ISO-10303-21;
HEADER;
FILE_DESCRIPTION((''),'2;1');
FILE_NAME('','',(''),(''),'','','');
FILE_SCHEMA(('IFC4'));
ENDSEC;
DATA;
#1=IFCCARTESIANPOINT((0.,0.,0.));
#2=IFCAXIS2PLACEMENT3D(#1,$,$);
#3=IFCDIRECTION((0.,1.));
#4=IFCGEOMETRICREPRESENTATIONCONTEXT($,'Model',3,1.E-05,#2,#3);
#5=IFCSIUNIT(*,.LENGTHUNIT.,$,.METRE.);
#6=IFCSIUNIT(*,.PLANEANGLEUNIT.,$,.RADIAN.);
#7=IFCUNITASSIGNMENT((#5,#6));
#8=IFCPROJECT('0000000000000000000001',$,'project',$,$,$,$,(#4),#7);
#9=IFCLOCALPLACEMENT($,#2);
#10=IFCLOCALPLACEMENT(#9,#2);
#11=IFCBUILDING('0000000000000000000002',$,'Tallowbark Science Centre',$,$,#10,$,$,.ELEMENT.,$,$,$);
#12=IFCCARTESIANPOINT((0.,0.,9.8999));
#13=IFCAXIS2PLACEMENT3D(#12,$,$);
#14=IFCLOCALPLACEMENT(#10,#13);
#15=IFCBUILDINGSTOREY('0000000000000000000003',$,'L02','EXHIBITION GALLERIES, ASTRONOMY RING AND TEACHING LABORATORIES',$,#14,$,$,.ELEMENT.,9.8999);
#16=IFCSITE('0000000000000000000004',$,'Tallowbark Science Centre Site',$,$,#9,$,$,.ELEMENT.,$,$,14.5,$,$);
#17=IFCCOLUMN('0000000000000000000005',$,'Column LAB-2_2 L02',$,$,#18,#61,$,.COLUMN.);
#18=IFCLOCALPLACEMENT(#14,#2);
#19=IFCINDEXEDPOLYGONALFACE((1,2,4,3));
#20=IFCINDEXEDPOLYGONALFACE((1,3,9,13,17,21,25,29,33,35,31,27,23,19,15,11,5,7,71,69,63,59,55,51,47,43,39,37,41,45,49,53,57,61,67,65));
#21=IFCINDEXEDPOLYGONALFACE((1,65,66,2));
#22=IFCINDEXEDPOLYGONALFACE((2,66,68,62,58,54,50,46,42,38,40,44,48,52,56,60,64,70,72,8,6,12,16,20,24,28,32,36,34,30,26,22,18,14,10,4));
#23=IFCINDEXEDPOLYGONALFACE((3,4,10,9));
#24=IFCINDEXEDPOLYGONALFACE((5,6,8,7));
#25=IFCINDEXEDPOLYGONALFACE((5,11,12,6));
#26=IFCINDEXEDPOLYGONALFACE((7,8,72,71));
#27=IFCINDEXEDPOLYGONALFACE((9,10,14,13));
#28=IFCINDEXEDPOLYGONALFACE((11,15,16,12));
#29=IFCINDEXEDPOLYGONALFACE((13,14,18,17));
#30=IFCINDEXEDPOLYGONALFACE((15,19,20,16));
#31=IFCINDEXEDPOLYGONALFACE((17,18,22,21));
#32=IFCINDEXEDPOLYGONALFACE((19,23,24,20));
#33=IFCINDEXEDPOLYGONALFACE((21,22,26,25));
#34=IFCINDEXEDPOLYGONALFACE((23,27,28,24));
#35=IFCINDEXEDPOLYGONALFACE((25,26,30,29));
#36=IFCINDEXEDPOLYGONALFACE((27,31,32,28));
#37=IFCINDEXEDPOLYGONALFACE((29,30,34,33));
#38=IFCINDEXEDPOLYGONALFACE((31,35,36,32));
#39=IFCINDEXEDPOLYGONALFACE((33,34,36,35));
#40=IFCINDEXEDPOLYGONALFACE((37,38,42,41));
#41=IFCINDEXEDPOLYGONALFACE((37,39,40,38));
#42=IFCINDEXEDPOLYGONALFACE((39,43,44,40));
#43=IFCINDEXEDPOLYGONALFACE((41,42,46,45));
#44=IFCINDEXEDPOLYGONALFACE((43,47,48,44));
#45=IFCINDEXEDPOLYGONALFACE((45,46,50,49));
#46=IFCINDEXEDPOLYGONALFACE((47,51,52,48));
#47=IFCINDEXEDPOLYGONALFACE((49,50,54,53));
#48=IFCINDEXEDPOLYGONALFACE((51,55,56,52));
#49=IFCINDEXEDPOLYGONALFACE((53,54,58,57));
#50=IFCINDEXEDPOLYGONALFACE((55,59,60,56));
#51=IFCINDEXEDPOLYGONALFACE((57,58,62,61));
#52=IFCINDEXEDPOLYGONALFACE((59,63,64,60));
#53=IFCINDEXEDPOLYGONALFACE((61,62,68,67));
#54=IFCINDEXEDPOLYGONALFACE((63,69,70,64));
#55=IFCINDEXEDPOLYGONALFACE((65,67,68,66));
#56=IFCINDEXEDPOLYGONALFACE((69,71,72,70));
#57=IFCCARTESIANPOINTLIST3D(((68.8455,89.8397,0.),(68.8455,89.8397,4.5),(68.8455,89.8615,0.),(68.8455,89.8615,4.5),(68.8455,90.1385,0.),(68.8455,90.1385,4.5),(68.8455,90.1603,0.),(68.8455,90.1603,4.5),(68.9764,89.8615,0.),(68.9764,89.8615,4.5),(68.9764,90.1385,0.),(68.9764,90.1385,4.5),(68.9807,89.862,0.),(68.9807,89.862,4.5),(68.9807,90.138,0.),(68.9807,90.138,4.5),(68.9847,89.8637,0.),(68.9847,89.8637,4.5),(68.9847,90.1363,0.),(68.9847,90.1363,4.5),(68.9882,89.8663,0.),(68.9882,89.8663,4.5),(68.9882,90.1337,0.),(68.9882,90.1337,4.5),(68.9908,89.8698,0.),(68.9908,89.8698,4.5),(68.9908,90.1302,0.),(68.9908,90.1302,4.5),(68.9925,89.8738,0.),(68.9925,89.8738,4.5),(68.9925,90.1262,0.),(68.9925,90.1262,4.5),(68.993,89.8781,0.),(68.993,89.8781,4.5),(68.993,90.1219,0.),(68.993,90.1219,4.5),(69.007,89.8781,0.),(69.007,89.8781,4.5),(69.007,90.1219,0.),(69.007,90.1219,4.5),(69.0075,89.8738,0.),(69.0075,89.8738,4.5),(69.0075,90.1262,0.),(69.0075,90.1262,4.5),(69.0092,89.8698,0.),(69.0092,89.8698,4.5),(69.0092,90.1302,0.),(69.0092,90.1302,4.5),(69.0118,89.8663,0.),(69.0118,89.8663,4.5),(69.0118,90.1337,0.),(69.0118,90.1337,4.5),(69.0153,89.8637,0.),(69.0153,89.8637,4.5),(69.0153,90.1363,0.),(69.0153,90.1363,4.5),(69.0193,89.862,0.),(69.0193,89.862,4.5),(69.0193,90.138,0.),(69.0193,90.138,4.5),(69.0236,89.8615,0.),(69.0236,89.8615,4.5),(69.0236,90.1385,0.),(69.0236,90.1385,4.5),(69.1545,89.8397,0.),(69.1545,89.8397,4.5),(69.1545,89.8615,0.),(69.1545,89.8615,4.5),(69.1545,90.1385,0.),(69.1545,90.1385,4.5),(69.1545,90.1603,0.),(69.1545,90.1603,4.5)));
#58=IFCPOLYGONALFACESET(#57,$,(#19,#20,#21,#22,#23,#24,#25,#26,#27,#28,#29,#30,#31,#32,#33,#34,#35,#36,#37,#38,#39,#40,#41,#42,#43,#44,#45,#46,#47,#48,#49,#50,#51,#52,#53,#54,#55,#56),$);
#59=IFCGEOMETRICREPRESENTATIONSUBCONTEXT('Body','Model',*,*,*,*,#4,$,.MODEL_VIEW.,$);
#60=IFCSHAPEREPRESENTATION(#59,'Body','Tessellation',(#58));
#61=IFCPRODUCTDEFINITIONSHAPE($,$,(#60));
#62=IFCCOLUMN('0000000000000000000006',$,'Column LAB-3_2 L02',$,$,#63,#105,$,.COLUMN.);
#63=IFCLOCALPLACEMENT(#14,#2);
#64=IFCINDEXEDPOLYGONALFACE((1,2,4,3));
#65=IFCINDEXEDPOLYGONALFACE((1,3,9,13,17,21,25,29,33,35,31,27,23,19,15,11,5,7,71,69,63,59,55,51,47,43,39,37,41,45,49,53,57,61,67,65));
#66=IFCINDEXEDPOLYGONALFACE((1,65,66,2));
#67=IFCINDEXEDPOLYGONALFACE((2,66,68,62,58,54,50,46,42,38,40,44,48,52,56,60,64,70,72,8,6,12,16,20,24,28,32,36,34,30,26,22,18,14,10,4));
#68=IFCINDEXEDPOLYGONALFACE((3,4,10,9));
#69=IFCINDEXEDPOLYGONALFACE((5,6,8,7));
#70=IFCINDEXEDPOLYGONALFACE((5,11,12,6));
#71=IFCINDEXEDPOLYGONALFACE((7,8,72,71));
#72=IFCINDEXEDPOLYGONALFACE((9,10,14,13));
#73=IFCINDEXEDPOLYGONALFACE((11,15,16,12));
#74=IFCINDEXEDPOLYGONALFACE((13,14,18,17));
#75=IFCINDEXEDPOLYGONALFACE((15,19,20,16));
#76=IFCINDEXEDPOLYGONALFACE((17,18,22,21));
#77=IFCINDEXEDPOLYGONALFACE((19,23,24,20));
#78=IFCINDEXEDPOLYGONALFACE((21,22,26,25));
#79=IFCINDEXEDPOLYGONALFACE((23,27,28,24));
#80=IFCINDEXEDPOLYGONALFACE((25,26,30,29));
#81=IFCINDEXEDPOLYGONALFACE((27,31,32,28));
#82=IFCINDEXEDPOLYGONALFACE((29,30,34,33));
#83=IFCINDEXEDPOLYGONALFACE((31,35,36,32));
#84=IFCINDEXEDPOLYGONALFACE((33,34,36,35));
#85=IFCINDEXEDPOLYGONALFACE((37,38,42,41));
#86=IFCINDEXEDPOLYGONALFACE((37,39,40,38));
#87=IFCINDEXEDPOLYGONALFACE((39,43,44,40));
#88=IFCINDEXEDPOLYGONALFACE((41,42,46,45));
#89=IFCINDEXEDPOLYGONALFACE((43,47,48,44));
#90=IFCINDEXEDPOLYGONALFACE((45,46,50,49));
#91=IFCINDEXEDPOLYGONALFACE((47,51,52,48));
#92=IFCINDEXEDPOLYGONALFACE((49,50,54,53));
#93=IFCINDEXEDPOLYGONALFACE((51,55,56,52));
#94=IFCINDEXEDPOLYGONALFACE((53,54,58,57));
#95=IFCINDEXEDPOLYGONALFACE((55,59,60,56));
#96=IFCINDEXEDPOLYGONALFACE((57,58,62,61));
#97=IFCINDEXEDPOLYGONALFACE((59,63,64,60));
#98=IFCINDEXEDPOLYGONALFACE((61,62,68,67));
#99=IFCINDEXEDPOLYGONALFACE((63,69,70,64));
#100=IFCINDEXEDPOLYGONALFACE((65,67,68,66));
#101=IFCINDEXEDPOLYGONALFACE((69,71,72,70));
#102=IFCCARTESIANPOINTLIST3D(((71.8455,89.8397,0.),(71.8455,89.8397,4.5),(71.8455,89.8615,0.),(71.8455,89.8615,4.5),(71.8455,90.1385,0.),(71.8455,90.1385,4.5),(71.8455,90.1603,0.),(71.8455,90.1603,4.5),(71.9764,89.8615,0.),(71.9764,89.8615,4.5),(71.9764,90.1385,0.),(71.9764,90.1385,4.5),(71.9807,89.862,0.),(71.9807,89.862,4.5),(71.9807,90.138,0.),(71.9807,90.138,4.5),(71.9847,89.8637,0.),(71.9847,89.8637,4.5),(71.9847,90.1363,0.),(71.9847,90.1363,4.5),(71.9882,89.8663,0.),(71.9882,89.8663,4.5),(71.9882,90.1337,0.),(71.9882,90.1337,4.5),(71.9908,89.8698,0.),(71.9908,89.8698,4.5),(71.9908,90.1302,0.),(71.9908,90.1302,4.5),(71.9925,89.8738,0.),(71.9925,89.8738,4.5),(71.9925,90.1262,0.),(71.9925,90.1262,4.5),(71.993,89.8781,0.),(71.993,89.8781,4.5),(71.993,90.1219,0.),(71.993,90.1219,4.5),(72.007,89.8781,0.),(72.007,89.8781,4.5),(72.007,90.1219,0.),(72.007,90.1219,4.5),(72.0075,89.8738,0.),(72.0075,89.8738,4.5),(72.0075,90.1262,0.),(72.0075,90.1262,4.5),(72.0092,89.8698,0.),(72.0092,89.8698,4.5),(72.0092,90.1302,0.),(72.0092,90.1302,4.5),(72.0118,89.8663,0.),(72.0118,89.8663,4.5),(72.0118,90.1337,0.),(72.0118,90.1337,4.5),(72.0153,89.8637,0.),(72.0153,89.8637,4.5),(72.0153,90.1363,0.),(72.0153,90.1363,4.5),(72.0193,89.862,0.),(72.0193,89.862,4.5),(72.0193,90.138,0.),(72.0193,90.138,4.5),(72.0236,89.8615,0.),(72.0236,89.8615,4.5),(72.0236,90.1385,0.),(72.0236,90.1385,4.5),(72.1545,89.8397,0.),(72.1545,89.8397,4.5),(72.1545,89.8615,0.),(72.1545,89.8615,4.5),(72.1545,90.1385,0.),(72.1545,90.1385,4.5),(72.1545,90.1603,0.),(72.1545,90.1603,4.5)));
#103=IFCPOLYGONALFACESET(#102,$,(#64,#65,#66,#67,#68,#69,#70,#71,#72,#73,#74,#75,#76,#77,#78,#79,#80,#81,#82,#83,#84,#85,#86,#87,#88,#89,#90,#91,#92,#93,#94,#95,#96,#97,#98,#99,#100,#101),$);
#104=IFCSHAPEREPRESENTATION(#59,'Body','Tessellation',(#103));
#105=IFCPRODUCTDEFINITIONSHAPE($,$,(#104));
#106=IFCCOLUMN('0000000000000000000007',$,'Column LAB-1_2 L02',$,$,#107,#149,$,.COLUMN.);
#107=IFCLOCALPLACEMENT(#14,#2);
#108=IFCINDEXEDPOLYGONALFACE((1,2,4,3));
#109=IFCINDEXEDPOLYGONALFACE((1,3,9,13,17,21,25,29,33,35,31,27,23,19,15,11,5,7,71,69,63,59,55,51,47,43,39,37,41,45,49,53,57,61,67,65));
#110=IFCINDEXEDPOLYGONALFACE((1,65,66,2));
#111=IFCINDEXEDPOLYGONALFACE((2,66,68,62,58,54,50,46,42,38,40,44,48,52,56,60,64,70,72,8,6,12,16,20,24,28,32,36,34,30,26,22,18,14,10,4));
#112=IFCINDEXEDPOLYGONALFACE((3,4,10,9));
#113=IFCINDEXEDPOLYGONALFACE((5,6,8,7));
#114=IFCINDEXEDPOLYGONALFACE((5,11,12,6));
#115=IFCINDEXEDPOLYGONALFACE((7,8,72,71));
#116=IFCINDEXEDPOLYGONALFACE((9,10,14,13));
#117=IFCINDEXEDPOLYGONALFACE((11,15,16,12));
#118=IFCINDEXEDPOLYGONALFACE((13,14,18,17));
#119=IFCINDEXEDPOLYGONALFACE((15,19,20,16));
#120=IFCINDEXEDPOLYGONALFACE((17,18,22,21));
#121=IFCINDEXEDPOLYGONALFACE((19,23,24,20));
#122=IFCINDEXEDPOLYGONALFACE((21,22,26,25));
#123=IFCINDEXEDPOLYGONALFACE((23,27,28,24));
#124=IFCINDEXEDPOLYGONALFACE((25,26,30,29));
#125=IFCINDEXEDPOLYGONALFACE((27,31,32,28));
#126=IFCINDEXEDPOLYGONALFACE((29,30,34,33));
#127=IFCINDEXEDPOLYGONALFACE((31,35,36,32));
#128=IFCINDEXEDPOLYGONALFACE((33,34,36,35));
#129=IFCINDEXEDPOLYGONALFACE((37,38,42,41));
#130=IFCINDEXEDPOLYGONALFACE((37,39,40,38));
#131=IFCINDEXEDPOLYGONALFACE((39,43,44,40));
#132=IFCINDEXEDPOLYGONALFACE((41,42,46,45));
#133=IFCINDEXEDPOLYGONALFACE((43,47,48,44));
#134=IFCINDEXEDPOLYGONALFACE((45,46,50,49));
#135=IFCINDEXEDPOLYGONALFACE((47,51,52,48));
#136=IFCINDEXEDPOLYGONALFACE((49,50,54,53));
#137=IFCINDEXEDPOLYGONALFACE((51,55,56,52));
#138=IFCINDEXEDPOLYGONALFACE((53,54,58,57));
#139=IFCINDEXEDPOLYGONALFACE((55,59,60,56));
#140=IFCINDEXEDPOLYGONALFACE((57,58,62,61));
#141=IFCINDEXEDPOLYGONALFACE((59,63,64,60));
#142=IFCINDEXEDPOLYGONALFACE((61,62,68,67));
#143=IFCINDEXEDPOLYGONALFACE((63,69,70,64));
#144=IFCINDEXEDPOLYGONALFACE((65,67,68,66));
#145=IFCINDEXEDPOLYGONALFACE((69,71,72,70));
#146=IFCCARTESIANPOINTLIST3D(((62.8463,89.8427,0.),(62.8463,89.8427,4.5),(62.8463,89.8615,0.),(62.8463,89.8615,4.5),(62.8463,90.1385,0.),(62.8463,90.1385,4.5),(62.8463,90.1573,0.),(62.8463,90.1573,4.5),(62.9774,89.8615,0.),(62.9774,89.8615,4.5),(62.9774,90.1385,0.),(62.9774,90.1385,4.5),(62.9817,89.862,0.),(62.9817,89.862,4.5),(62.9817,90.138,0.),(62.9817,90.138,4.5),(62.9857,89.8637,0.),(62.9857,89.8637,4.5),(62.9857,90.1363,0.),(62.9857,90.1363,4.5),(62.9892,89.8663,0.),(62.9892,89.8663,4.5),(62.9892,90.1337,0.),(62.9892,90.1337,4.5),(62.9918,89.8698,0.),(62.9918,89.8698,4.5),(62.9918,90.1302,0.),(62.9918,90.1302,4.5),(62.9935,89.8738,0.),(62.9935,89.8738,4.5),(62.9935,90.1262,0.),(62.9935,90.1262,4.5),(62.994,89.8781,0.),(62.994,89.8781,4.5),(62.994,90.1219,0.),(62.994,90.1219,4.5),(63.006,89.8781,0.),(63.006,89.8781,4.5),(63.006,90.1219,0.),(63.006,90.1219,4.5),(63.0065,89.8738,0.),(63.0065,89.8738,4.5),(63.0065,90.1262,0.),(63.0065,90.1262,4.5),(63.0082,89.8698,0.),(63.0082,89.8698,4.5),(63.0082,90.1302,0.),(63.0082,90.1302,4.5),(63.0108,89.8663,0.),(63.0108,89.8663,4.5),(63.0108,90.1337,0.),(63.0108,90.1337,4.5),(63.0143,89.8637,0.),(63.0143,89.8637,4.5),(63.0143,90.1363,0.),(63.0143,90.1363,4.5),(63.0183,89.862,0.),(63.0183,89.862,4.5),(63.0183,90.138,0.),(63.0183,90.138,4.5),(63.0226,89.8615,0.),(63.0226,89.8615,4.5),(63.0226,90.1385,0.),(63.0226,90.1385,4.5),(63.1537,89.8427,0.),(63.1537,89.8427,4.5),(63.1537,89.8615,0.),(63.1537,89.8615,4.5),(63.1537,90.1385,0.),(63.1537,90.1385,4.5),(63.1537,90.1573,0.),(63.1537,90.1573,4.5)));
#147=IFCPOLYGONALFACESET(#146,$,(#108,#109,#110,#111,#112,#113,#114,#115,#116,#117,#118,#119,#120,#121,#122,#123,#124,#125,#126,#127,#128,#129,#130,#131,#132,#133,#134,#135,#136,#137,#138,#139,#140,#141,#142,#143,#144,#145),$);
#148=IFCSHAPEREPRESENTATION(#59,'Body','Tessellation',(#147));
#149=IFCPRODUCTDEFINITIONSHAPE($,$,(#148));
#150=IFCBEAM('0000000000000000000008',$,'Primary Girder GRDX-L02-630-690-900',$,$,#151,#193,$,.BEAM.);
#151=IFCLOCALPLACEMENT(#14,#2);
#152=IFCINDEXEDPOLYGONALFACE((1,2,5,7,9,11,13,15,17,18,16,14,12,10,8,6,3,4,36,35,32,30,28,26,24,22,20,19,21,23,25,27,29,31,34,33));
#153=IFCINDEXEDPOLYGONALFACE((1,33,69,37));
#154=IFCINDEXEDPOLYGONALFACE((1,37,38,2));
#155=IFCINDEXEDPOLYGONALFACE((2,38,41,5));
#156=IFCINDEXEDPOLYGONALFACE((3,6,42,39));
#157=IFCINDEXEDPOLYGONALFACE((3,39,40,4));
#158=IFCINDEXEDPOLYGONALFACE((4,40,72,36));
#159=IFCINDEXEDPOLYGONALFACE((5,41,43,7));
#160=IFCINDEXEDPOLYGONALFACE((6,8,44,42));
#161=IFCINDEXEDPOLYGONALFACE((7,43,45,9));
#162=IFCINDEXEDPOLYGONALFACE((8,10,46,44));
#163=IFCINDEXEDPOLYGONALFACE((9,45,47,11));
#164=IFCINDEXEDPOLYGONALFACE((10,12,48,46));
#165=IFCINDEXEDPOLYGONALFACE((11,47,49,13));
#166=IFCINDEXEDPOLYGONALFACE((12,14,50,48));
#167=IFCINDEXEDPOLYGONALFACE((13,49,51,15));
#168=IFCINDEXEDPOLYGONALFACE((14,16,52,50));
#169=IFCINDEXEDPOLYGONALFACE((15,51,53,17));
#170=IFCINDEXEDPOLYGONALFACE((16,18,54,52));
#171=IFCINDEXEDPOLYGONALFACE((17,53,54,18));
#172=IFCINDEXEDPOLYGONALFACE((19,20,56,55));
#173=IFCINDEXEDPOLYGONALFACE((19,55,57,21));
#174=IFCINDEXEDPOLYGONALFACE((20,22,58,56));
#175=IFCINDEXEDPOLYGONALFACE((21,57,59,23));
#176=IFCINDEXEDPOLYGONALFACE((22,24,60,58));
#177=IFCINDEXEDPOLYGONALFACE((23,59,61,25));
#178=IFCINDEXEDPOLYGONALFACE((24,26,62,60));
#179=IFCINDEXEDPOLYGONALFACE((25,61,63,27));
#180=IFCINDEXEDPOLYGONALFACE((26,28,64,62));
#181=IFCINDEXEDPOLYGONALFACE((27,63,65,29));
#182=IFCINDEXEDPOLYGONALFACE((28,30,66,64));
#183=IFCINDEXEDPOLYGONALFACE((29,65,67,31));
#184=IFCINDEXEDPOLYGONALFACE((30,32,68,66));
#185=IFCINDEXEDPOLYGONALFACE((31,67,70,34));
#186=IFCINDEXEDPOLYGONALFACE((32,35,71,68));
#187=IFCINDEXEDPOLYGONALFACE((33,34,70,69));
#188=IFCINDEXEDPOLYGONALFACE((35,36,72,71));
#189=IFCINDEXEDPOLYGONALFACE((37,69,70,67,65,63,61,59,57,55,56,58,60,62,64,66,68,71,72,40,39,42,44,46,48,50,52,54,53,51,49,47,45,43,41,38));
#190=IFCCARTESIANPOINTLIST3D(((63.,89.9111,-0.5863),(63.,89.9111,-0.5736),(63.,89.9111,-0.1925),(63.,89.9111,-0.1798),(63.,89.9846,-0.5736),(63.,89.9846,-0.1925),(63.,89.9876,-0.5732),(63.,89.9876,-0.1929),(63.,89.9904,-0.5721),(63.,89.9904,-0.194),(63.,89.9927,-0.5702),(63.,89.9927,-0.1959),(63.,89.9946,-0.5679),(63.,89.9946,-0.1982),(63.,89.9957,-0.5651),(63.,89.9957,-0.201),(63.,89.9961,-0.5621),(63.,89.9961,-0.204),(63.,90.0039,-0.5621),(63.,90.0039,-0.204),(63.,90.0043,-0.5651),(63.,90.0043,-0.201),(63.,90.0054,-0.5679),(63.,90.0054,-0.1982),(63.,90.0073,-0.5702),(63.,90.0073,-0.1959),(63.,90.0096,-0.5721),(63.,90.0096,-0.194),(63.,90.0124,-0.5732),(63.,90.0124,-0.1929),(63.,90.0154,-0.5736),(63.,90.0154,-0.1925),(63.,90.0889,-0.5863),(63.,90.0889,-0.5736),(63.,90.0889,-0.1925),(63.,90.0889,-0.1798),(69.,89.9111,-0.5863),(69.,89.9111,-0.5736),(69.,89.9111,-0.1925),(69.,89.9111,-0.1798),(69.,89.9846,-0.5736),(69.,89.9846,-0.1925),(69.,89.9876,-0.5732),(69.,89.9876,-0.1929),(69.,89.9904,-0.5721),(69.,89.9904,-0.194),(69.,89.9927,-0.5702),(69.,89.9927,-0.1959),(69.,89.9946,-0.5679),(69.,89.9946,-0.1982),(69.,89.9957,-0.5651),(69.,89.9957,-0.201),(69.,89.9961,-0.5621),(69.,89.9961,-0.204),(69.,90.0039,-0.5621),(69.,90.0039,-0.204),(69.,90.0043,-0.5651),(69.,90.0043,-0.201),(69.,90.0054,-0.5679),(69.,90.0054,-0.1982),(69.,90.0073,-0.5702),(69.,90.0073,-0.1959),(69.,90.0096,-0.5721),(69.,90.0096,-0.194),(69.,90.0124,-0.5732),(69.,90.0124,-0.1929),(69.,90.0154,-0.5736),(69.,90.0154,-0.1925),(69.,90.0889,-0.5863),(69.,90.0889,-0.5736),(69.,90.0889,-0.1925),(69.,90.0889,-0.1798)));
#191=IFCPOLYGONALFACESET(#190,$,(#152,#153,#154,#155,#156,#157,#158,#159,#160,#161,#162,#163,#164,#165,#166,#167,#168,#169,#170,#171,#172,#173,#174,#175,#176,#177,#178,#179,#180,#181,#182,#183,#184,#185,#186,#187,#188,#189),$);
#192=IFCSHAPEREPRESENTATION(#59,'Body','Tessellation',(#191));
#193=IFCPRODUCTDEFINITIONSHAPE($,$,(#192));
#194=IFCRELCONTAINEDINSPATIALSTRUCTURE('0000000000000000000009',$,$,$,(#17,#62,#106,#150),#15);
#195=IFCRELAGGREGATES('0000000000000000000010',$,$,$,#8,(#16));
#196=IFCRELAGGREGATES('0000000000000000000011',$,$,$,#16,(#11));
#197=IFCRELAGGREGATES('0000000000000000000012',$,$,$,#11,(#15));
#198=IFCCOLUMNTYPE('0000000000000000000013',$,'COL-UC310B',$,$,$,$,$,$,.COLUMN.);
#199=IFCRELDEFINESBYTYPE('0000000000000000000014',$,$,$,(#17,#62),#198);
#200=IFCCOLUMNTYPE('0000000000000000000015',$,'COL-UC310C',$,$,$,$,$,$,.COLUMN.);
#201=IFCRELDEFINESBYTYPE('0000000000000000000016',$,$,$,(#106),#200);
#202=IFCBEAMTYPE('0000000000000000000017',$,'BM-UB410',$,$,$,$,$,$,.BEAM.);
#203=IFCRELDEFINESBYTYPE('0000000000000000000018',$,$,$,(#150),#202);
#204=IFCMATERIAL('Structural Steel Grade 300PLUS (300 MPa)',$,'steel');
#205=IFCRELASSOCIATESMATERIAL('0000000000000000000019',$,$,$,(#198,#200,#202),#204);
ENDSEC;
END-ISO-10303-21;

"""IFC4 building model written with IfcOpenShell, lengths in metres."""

from ifc_helpers import new_model, si_unit, direction, frame, origin, origin_2d, place, context, subcontext, project, spatial, i_section, extrude, material, material_profile, profile_set, type_object, element, save


model = new_model("IFC4")

# Units and contexts
model_context = context("Model", 3, precision=1e-05, world=origin(), true_north=direction((0.0, 1.0)))
body_context = subcontext(model_context, "Body", "Model", "MODEL_VIEW")
ifc_project = project(units=[si_unit("LENGTHUNIT", "METRE"), si_unit("PLANEANGLEUNIT", "RADIAN")], contexts=[model_context])

# Site, building, storey
site_placement = place(None, origin())
site = spatial("IfcSite", under=ifc_project, at=site_placement, Name="Tallowbark Science Centre Site", CompositionType="ELEMENT", RefElevation=14.5)
building_placement = place(site_placement, origin())
building = spatial("IfcBuilding", under=site, at=building_placement, Name="Tallowbark Science Centre", CompositionType="ELEMENT")
storey_placement = place(building_placement, frame((0.0, 0.0, 9.8999)))
storey = spatial("IfcBuildingStorey", under=building, at=storey_placement, Name="L02", Description="EXHIBITION GALLERIES, ASTRONOMY RING AND TEACHING LABORATORIES", CompositionType="ELEMENT", Elevation=9.8999)

# Columns
ifc_material_1 = material(Name="Structural Steel Grade 300PLUS (300 MPa)", Category="steel")
ifc_material_profile_1 = material_profile(ifc_material_1, i_section(OverallWidth=0.3091, OverallDepth=0.3206, WebThickness=0.0139, FlangeThickness=0.0217, FilletRadius=0.0166, at=origin_2d()), Name="310UC137")
ifc_profile_set_1 = profile_set([ifc_material_profile_1], Name="Structural Steel Grade 300PLUS (300 MPa)")
column_type_1 = type_object("IfcColumnType", Name="COL-UC310B", PredefinedType="COLUMN", material=ifc_profile_set_1)
for number, where, z_axis, x_axis, name in (
    (1, (69.0, 90.0, 0.0), (0.0, 0.0, 1.0), (1.0, 0.0, 0.0), "Column LAB-2_2 L02"),
    (2, (72.0, 90.0, 0.0), (0.0, 0.0, 1.0), (1.0, 0.0, 0.0), "Column LAB-3_2 L02"),
):
    element("IfcColumn", number, at=place(storey_placement, frame(where, z_axis=z_axis, x_axis=x_axis)), inside=storey, type_object=column_type_1, Name=name, PredefinedType="COLUMN", context=body_context, shape_type="SweptSolid", body=[
        extrude(i_section(OverallWidth=0.3091, OverallDepth=0.3206, WebThickness=0.0139, FlangeThickness=0.0217, FilletRadius=0.0166, at=origin_2d()), origin(), (0.0, 0.0, 1.0), 4.5),
    ])
ifc_material_profile_2 = material_profile(ifc_material_1, i_section(OverallWidth=0.3074, OverallDepth=0.3147, WebThickness=0.012, FlangeThickness=0.0188, FilletRadius=0.0166, at=origin_2d()), Name="310UC118")
ifc_profile_set_2 = profile_set([ifc_material_profile_2], Name="Structural Steel Grade 300PLUS (300 MPa)")
column_type_2 = type_object("IfcColumnType", Name="COL-UC310C", PredefinedType="COLUMN", material=ifc_profile_set_2)
column_placement = place(storey_placement, frame((63.0, 90.0, 0.0), z_axis=(0.0, 0.0, 1.0), x_axis=(1.0, 0.0, 0.0)))
element("IfcColumn", 3, at=column_placement, inside=storey, type_object=column_type_2, Name="Column LAB-1_2 L02", PredefinedType="COLUMN", context=body_context, shape_type="SweptSolid", body=[
    extrude(i_section(OverallWidth=0.3074, OverallDepth=0.3147, WebThickness=0.012, FlangeThickness=0.0188, FilletRadius=0.0166, at=origin_2d()), origin(), (0.0, 0.0, 1.0), 4.5),
])

# Beam
ifc_material_profile_3 = material_profile(ifc_material_1, i_section(OverallWidth=0.1777, OverallDepth=0.4065, WebThickness=0.0078, FlangeThickness=0.0127, FilletRadius=0.0115, at=origin_2d()), Name="410UB59.7")
ifc_profile_set_3 = profile_set([ifc_material_profile_3], Name="Structural Steel Grade 300PLUS (300 MPa)")
beam_type_1 = type_object("IfcBeamType", Name="BM-UB410", PredefinedType="BEAM", material=ifc_profile_set_3)
beam_1_placement = place(storey_placement, frame((63.0, 90.0, -0.3831), z_axis=(1.0, 0.0, 0.0), x_axis=(0.0, 1.0, 0.0)))
element("IfcBeam", 4, at=beam_1_placement, inside=storey, type_object=beam_type_1, Name="Primary Girder GRDX-L02-630-690-900", PredefinedType="BEAM", context=body_context, shape_type="SweptSolid", body=[
    extrude(i_section(OverallWidth=0.1777, OverallDepth=0.4065, WebThickness=0.0078, FlangeThickness=0.0127, FilletRadius=0.0115, at=origin_2d()), origin(), (0.0, 0.0, 1.0), 6.0),
])

save(model, "model.ifc")
